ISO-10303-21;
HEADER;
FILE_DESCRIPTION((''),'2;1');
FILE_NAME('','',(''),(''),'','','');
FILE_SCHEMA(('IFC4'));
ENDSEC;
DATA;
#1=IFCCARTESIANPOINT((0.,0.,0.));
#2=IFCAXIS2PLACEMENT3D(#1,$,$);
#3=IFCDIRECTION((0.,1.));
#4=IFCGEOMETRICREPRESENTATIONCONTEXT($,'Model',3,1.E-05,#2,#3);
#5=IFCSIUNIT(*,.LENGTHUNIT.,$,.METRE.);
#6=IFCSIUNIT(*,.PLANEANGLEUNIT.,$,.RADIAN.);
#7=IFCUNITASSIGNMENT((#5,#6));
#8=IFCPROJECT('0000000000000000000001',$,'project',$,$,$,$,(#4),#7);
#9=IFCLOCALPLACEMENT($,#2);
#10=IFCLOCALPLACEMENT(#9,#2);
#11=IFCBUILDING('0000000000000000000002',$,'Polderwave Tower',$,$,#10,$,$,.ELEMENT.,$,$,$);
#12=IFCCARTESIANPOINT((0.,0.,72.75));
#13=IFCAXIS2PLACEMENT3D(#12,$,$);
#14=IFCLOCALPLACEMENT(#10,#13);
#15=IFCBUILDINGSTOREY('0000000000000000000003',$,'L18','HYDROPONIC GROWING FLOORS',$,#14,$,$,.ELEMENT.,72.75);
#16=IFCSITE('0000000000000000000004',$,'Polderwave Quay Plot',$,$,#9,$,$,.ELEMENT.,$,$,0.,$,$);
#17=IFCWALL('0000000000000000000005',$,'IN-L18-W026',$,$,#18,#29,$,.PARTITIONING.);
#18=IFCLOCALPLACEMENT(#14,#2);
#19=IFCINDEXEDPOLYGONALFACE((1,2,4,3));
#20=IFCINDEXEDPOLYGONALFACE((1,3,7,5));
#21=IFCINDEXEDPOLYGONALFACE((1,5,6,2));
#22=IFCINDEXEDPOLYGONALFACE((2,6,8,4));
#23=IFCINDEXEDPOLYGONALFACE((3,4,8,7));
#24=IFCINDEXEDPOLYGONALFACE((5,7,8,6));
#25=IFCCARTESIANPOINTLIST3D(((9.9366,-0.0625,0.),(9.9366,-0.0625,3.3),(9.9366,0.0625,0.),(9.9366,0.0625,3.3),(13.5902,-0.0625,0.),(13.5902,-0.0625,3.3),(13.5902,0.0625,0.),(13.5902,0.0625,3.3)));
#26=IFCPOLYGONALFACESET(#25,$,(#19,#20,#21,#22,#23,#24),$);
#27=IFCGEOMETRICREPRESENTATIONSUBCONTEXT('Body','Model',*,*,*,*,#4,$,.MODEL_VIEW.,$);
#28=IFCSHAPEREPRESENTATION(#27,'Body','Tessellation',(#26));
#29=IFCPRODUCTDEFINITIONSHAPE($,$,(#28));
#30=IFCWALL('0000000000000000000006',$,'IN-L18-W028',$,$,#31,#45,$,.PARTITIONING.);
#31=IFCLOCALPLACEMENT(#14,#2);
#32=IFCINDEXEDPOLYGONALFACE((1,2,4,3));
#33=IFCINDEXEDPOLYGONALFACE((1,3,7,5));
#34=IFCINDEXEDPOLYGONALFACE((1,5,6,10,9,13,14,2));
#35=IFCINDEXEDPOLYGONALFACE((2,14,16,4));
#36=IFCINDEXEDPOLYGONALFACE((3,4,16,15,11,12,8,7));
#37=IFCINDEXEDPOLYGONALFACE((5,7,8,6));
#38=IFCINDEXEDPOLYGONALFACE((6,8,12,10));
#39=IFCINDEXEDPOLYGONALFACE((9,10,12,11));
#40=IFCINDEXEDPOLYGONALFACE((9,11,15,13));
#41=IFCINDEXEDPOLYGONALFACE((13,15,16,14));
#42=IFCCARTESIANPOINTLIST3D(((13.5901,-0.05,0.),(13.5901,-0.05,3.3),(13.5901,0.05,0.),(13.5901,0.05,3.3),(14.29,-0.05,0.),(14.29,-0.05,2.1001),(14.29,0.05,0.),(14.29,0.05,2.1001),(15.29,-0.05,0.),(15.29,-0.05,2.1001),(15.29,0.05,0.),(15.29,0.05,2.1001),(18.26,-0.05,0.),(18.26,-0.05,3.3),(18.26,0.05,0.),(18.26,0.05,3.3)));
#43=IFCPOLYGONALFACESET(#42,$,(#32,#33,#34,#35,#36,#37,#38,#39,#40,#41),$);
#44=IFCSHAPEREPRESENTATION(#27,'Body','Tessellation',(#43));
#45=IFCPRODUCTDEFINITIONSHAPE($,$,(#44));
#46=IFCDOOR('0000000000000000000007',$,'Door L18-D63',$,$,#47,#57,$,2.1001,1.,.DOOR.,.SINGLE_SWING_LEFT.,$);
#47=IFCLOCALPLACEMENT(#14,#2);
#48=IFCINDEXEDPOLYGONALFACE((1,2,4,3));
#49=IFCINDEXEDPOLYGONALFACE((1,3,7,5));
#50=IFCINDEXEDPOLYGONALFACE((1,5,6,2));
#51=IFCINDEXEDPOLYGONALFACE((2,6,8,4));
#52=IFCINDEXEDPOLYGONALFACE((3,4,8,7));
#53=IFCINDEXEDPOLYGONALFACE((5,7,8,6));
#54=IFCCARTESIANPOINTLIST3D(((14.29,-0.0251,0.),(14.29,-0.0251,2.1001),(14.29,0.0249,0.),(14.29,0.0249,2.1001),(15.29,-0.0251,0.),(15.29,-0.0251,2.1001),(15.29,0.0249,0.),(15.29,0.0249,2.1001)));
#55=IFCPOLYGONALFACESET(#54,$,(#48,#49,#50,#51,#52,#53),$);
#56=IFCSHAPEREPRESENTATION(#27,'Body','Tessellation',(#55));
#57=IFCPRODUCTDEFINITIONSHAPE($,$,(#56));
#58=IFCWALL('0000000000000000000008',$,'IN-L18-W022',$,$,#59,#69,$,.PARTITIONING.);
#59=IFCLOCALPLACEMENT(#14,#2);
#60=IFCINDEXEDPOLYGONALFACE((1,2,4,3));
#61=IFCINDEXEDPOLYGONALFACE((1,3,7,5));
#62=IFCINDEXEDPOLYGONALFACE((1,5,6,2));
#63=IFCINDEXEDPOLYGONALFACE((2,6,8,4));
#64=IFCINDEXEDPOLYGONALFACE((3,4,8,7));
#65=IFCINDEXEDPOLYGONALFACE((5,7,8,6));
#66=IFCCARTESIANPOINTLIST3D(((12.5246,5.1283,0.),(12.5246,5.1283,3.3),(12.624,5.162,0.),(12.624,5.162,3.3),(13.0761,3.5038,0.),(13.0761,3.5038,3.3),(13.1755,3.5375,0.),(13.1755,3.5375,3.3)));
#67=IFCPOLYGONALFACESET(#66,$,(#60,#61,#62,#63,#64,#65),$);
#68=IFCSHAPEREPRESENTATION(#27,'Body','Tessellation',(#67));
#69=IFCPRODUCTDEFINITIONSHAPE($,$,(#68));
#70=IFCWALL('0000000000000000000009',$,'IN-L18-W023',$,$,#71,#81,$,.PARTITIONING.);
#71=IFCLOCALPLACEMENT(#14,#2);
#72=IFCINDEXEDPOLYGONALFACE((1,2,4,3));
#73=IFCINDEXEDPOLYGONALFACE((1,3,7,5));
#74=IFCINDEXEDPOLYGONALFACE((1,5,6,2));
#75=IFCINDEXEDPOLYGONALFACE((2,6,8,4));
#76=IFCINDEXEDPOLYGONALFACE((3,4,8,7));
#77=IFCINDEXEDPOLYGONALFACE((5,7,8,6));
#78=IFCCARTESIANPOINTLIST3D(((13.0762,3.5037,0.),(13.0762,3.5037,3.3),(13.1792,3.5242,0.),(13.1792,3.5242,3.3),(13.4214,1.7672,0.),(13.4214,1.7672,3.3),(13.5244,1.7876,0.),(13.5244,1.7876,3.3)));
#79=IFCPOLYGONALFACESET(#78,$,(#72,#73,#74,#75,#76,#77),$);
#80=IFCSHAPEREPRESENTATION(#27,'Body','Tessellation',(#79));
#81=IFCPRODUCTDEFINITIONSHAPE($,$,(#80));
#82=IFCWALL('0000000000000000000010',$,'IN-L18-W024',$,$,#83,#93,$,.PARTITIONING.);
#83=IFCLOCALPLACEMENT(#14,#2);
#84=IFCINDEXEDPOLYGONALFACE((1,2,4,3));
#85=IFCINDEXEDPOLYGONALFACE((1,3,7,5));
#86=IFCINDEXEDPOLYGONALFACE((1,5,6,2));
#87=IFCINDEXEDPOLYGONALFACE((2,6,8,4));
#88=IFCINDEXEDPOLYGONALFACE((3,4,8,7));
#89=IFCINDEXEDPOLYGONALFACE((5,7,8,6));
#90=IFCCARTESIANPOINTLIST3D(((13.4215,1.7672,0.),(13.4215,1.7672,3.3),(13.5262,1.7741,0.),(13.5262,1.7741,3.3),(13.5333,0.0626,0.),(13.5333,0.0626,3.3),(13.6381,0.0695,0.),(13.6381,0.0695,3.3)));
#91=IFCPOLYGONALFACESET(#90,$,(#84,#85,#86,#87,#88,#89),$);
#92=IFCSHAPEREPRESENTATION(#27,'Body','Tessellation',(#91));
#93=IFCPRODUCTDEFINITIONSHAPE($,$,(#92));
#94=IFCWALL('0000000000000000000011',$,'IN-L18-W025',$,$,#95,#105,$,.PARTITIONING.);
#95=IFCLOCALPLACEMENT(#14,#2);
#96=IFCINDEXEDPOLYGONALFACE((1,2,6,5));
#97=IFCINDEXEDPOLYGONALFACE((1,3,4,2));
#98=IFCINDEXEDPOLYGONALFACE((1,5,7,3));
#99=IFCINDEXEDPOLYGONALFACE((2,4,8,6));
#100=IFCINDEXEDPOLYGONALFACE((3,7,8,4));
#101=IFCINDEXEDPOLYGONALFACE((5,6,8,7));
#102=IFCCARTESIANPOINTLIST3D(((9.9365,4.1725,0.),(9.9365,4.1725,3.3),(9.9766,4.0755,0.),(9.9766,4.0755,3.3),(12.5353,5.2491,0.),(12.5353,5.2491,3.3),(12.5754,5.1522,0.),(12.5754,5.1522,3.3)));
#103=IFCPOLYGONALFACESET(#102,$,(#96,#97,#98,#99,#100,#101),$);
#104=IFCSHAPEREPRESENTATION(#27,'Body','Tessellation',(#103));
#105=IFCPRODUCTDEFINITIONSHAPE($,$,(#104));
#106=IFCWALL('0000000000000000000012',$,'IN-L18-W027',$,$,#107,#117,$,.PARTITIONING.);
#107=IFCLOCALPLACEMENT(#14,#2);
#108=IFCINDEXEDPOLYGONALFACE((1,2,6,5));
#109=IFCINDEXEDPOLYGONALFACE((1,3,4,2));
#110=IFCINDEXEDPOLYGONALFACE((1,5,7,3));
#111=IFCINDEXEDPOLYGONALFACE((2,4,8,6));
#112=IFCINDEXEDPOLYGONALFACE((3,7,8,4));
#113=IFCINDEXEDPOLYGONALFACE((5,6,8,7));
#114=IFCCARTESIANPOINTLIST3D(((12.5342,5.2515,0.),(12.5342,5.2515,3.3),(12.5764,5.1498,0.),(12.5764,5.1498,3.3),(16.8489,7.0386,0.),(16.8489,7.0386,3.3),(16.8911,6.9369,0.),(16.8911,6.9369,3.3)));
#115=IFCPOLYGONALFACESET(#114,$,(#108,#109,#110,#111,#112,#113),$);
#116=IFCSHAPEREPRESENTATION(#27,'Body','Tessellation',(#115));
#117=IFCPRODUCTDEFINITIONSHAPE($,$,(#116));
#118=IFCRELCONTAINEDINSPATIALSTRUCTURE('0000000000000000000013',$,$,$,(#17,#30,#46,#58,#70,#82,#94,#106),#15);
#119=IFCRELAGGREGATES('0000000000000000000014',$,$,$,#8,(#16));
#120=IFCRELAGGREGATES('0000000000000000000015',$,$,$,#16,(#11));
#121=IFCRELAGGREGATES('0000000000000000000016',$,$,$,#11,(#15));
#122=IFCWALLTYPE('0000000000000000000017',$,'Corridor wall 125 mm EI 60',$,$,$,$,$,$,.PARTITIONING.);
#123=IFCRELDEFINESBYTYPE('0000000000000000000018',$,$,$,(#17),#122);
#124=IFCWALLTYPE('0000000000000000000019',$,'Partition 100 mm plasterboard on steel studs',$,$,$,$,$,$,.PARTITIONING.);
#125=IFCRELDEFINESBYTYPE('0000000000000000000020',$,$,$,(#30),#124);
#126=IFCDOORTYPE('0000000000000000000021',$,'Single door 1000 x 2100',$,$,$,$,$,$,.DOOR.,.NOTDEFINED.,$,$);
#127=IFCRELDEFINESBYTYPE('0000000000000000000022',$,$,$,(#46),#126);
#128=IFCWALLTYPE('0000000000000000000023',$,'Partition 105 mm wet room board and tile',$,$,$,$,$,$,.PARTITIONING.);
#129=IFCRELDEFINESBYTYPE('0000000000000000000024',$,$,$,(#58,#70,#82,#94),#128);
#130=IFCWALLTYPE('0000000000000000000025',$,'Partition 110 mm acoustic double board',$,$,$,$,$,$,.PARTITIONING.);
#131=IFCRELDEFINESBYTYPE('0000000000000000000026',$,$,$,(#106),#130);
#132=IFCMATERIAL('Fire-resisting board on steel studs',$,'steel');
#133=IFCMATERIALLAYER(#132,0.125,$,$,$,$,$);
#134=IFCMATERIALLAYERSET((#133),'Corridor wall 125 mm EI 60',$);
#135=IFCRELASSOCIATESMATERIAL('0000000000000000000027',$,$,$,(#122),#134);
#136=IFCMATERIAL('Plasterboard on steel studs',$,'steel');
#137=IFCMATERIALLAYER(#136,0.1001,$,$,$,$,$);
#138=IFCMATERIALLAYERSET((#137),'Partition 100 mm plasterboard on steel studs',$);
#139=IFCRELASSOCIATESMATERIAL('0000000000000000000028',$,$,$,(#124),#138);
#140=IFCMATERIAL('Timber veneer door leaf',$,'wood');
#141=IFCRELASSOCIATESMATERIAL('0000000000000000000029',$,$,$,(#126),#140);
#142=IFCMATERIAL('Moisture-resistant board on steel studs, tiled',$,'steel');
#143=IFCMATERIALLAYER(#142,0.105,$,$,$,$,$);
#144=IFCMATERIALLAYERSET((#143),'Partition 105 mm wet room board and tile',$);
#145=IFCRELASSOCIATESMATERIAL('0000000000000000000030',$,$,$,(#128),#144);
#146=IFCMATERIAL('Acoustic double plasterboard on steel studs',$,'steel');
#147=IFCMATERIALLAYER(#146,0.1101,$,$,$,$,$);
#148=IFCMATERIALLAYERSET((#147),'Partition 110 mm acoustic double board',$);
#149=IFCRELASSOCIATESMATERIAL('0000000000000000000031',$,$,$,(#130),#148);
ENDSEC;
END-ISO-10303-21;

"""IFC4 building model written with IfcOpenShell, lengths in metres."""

from ifc_helpers import new_model, si_unit, direction, frame, frame_2d, origin, place, context, subcontext, project, spatial, rectangle, extrude, material, layer, layer_set, type_object, element, fill, save


model = new_model("IFC4")

# Units and contexts
model_context = context("Model", 3, precision=1e-05, world=origin(), true_north=direction((0.0, 1.0)))
body_context = subcontext(model_context, "Body", "Model", "MODEL_VIEW")
ifc_project = project(units=[si_unit("LENGTHUNIT", "METRE"), si_unit("PLANEANGLEUNIT", "RADIAN")], contexts=[model_context])

# Site, building, storey
site_placement = place(None, origin())
site = spatial("IfcSite", under=ifc_project, at=site_placement, Name="Polderwave Quay Plot", CompositionType="ELEMENT", RefElevation=0.0)
building_placement = place(site_placement, origin())
building = spatial("IfcBuilding", under=site, at=building_placement, Name="Polderwave Tower", CompositionType="ELEMENT")
storey_placement = place(building_placement, frame((0.0, 0.0, 72.75)))
storey = spatial("IfcBuildingStorey", under=building, at=storey_placement, Name="L18", Description="HYDROPONIC GROWING FLOORS", CompositionType="ELEMENT", Elevation=72.75)

# Wall
ifc_material_1 = material(Name="Fire-resisting board on steel studs", Category="steel")
ifc_layer_1 = layer(ifc_material_1, 0.125)
ifc_layer_set_1 = layer_set([ifc_layer_1], Name="Corridor wall 125 mm EI 60")
wall_type_1 = type_object("IfcWallType", Name="Corridor wall 125 mm EI 60", PredefinedType="PARTITIONING", material=ifc_layer_set_1)
wall_1_placement = place(storey_placement, frame((13.5901, 0.0, 0.0), z_axis=(0.0, 0.0, 1.0), x_axis=(-1.0, 0.0, 0.0)))
element("IfcWall", 1, at=wall_1_placement, inside=storey, type_object=wall_type_1, Name="IN-L18-W026", PredefinedType="PARTITIONING", context=body_context, shape_type="SweptSolid", body=[
    extrude(rectangle(XDim=3.6536, YDim=0.125, at=frame_2d((1.8267, 0.0))), origin(), (0.0, 0.0, 1.0), 3.3),
])

# Wall, opening, door
ifc_material_2 = material(Name="Plasterboard on steel studs", Category="steel")
ifc_layer_2 = layer(ifc_material_2, 0.1001)
ifc_layer_set_2 = layer_set([ifc_layer_2], Name="Partition 100 mm plasterboard on steel studs")
wall_type_2 = type_object("IfcWallType", Name="Partition 100 mm plasterboard on steel studs", PredefinedType="PARTITIONING", material=ifc_layer_set_2)
wall_2_placement = place(storey_placement, frame((13.5901, 0.0, 0.0), z_axis=(0.0, 0.0, 1.0), x_axis=(1.0, 0.0, 0.0)))
wall_2 = element("IfcWall", 2, at=wall_2_placement, inside=storey, type_object=wall_type_2, Name="IN-L18-W028", PredefinedType="PARTITIONING", context=body_context, shape_type="SweptSolid", body=[
    extrude(rectangle(XDim=4.6699, YDim=0.1001, at=frame_2d((2.335, 0.0))), origin(), (0.0, 0.0, 1.0), 3.3),
])
opening_placement = place(wall_2_placement, frame((0.7, 0.0, 0.0)))
opening = element("IfcOpeningElement", 3, at=opening_placement, cuts=wall_2, PredefinedType="OPENING", context=body_context, shape_type="SweptSolid", body=[
    extrude(rectangle(XDim=1.0, YDim=2.1001, at=frame_2d((0.5, 1.05))), frame((0.0, 0.0601, 0.0), z_axis=(0.0, -1.0, 0.0), x_axis=(1.0, 0.0, 0.0)), (0.0, 0.0, 1.0), 0.1201),
])
ifc_material_3 = material(Name="Timber veneer door leaf", Category="wood")
door_type = type_object("IfcDoorType", Name="Single door 1000 x 2100", OperationType="NOTDEFINED", PredefinedType="DOOR", material=ifc_material_3)
door_placement = place(opening_placement, origin())
door = element("IfcDoor", 4, at=door_placement, inside=storey, type_object=door_type, Name="Door L18-D63", OperationType="SINGLE_SWING_LEFT", OverallHeight=2.1001, OverallWidth=1.0, PredefinedType="DOOR", context=body_context, shape_type="SweptSolid", body=[
    extrude(rectangle(XDim=1.0, YDim=2.1001, at=frame_2d((0.5, 1.05))), frame((0.0, 0.0249, 0.0), z_axis=(0.0, -1.0, 0.0), x_axis=(1.0, 0.0, 0.0)), (0.0, 0.0, 1.0), 0.05),
])
fill(opening, door)

# Walls
ifc_material_4 = material(Name="Moisture-resistant board on steel studs, tiled", Category="steel")
ifc_layer_3 = layer(ifc_material_4, 0.105)
ifc_layer_set_3 = layer_set([ifc_layer_3], Name="Partition 105 mm wet room board and tile")
wall_type_3 = type_object("IfcWallType", Name="Partition 105 mm wet room board and tile", PredefinedType="PARTITIONING", material=ifc_layer_set_3)
wall_3_placement = place(storey_placement, frame((12.5742, 5.1453, 0.0), z_axis=(0.0, 0.0, 1.0), x_axis=(0.321474, -0.946918, 0.0)))
element("IfcWall", 5, at=wall_3_placement, inside=storey, type_object=wall_type_3, Name="IN-L18-W022", PredefinedType="PARTITIONING", context=body_context, shape_type="SweptSolid", body=[
    extrude(rectangle(XDim=1.7156, YDim=0.105, at=frame_2d((0.8579, 0.0))), origin(), (0.0, 0.0, 1.0), 3.3),
])
wall_4_placement = place(storey_placement, frame((13.1277, 3.5139, 0.0), z_axis=(0.0, 0.0, 1.0), x_axis=(0.194976, -0.980808, 0.0)))
element("IfcWall", 6, at=wall_4_placement, inside=storey, type_object=wall_type_3, Name="IN-L18-W023", PredefinedType="PARTITIONING", context=body_context, shape_type="SweptSolid", body=[
    extrude(rectangle(XDim=1.7705, YDim=0.105, at=frame_2d((0.8853, 0.0))), origin(), (0.0, 0.0, 1.0), 3.3),
])
wall_5_placement = place(storey_placement, frame((13.4739, 1.7705, 0.0), z_axis=(0.0, 0.0, 1.0), x_axis=(0.065457, -0.997855, 0.0)))
element("IfcWall", 7, at=wall_5_placement, inside=storey, type_object=wall_type_3, Name="IN-L18-W024", PredefinedType="PARTITIONING", context=body_context, shape_type="SweptSolid", body=[
    extrude(rectangle(XDim=1.7083, YDim=0.105, at=frame_2d((0.854, 0.0))), origin(), (0.0, 0.0, 1.0), 3.3),
])
wall_6_placement = place(storey_placement, frame((9.9565, 4.124, 0.0), z_axis=(0.0, 0.0, 1.0), x_axis=(0.923858, 0.382735, 0.0)))
element("IfcWall", 8, at=wall_6_placement, inside=storey, type_object=wall_type_3, Name="IN-L18-W025", PredefinedType="PARTITIONING", context=body_context, shape_type="SweptSolid", body=[
    extrude(rectangle(XDim=2.813, YDim=0.105, at=frame_2d((1.4065, 0.0))), origin(), (0.0, 0.0, 1.0), 3.3),
])
ifc_material_5 = material(Name="Acoustic double plasterboard on steel studs", Category="steel")
ifc_layer_4 = layer(ifc_material_5, 0.1101)
ifc_layer_set_4 = layer_set([ifc_layer_4], Name="Partition 110 mm acoustic double board")
wall_type_4 = type_object("IfcWallType", Name="Partition 110 mm acoustic double board", PredefinedType="PARTITIONING", material=ifc_layer_set_4)
wall_7_placement = place(storey_placement, frame((12.5554, 5.2007, 0.0), z_axis=(0.0, 0.0, 1.0), x_axis=(0.923887, 0.382666, 0.0)))
element("IfcWall", 9, at=wall_7_placement, inside=storey, type_object=wall_type_4, Name="IN-L18-W027", PredefinedType="PARTITIONING", context=body_context, shape_type="SweptSolid", body=[
    extrude(rectangle(XDim=4.6702, YDim=0.1101, at=frame_2d((2.335, 0.0))), origin(), (0.0, 0.0, 1.0), 3.3),
])

save(model, "model.ifc")
